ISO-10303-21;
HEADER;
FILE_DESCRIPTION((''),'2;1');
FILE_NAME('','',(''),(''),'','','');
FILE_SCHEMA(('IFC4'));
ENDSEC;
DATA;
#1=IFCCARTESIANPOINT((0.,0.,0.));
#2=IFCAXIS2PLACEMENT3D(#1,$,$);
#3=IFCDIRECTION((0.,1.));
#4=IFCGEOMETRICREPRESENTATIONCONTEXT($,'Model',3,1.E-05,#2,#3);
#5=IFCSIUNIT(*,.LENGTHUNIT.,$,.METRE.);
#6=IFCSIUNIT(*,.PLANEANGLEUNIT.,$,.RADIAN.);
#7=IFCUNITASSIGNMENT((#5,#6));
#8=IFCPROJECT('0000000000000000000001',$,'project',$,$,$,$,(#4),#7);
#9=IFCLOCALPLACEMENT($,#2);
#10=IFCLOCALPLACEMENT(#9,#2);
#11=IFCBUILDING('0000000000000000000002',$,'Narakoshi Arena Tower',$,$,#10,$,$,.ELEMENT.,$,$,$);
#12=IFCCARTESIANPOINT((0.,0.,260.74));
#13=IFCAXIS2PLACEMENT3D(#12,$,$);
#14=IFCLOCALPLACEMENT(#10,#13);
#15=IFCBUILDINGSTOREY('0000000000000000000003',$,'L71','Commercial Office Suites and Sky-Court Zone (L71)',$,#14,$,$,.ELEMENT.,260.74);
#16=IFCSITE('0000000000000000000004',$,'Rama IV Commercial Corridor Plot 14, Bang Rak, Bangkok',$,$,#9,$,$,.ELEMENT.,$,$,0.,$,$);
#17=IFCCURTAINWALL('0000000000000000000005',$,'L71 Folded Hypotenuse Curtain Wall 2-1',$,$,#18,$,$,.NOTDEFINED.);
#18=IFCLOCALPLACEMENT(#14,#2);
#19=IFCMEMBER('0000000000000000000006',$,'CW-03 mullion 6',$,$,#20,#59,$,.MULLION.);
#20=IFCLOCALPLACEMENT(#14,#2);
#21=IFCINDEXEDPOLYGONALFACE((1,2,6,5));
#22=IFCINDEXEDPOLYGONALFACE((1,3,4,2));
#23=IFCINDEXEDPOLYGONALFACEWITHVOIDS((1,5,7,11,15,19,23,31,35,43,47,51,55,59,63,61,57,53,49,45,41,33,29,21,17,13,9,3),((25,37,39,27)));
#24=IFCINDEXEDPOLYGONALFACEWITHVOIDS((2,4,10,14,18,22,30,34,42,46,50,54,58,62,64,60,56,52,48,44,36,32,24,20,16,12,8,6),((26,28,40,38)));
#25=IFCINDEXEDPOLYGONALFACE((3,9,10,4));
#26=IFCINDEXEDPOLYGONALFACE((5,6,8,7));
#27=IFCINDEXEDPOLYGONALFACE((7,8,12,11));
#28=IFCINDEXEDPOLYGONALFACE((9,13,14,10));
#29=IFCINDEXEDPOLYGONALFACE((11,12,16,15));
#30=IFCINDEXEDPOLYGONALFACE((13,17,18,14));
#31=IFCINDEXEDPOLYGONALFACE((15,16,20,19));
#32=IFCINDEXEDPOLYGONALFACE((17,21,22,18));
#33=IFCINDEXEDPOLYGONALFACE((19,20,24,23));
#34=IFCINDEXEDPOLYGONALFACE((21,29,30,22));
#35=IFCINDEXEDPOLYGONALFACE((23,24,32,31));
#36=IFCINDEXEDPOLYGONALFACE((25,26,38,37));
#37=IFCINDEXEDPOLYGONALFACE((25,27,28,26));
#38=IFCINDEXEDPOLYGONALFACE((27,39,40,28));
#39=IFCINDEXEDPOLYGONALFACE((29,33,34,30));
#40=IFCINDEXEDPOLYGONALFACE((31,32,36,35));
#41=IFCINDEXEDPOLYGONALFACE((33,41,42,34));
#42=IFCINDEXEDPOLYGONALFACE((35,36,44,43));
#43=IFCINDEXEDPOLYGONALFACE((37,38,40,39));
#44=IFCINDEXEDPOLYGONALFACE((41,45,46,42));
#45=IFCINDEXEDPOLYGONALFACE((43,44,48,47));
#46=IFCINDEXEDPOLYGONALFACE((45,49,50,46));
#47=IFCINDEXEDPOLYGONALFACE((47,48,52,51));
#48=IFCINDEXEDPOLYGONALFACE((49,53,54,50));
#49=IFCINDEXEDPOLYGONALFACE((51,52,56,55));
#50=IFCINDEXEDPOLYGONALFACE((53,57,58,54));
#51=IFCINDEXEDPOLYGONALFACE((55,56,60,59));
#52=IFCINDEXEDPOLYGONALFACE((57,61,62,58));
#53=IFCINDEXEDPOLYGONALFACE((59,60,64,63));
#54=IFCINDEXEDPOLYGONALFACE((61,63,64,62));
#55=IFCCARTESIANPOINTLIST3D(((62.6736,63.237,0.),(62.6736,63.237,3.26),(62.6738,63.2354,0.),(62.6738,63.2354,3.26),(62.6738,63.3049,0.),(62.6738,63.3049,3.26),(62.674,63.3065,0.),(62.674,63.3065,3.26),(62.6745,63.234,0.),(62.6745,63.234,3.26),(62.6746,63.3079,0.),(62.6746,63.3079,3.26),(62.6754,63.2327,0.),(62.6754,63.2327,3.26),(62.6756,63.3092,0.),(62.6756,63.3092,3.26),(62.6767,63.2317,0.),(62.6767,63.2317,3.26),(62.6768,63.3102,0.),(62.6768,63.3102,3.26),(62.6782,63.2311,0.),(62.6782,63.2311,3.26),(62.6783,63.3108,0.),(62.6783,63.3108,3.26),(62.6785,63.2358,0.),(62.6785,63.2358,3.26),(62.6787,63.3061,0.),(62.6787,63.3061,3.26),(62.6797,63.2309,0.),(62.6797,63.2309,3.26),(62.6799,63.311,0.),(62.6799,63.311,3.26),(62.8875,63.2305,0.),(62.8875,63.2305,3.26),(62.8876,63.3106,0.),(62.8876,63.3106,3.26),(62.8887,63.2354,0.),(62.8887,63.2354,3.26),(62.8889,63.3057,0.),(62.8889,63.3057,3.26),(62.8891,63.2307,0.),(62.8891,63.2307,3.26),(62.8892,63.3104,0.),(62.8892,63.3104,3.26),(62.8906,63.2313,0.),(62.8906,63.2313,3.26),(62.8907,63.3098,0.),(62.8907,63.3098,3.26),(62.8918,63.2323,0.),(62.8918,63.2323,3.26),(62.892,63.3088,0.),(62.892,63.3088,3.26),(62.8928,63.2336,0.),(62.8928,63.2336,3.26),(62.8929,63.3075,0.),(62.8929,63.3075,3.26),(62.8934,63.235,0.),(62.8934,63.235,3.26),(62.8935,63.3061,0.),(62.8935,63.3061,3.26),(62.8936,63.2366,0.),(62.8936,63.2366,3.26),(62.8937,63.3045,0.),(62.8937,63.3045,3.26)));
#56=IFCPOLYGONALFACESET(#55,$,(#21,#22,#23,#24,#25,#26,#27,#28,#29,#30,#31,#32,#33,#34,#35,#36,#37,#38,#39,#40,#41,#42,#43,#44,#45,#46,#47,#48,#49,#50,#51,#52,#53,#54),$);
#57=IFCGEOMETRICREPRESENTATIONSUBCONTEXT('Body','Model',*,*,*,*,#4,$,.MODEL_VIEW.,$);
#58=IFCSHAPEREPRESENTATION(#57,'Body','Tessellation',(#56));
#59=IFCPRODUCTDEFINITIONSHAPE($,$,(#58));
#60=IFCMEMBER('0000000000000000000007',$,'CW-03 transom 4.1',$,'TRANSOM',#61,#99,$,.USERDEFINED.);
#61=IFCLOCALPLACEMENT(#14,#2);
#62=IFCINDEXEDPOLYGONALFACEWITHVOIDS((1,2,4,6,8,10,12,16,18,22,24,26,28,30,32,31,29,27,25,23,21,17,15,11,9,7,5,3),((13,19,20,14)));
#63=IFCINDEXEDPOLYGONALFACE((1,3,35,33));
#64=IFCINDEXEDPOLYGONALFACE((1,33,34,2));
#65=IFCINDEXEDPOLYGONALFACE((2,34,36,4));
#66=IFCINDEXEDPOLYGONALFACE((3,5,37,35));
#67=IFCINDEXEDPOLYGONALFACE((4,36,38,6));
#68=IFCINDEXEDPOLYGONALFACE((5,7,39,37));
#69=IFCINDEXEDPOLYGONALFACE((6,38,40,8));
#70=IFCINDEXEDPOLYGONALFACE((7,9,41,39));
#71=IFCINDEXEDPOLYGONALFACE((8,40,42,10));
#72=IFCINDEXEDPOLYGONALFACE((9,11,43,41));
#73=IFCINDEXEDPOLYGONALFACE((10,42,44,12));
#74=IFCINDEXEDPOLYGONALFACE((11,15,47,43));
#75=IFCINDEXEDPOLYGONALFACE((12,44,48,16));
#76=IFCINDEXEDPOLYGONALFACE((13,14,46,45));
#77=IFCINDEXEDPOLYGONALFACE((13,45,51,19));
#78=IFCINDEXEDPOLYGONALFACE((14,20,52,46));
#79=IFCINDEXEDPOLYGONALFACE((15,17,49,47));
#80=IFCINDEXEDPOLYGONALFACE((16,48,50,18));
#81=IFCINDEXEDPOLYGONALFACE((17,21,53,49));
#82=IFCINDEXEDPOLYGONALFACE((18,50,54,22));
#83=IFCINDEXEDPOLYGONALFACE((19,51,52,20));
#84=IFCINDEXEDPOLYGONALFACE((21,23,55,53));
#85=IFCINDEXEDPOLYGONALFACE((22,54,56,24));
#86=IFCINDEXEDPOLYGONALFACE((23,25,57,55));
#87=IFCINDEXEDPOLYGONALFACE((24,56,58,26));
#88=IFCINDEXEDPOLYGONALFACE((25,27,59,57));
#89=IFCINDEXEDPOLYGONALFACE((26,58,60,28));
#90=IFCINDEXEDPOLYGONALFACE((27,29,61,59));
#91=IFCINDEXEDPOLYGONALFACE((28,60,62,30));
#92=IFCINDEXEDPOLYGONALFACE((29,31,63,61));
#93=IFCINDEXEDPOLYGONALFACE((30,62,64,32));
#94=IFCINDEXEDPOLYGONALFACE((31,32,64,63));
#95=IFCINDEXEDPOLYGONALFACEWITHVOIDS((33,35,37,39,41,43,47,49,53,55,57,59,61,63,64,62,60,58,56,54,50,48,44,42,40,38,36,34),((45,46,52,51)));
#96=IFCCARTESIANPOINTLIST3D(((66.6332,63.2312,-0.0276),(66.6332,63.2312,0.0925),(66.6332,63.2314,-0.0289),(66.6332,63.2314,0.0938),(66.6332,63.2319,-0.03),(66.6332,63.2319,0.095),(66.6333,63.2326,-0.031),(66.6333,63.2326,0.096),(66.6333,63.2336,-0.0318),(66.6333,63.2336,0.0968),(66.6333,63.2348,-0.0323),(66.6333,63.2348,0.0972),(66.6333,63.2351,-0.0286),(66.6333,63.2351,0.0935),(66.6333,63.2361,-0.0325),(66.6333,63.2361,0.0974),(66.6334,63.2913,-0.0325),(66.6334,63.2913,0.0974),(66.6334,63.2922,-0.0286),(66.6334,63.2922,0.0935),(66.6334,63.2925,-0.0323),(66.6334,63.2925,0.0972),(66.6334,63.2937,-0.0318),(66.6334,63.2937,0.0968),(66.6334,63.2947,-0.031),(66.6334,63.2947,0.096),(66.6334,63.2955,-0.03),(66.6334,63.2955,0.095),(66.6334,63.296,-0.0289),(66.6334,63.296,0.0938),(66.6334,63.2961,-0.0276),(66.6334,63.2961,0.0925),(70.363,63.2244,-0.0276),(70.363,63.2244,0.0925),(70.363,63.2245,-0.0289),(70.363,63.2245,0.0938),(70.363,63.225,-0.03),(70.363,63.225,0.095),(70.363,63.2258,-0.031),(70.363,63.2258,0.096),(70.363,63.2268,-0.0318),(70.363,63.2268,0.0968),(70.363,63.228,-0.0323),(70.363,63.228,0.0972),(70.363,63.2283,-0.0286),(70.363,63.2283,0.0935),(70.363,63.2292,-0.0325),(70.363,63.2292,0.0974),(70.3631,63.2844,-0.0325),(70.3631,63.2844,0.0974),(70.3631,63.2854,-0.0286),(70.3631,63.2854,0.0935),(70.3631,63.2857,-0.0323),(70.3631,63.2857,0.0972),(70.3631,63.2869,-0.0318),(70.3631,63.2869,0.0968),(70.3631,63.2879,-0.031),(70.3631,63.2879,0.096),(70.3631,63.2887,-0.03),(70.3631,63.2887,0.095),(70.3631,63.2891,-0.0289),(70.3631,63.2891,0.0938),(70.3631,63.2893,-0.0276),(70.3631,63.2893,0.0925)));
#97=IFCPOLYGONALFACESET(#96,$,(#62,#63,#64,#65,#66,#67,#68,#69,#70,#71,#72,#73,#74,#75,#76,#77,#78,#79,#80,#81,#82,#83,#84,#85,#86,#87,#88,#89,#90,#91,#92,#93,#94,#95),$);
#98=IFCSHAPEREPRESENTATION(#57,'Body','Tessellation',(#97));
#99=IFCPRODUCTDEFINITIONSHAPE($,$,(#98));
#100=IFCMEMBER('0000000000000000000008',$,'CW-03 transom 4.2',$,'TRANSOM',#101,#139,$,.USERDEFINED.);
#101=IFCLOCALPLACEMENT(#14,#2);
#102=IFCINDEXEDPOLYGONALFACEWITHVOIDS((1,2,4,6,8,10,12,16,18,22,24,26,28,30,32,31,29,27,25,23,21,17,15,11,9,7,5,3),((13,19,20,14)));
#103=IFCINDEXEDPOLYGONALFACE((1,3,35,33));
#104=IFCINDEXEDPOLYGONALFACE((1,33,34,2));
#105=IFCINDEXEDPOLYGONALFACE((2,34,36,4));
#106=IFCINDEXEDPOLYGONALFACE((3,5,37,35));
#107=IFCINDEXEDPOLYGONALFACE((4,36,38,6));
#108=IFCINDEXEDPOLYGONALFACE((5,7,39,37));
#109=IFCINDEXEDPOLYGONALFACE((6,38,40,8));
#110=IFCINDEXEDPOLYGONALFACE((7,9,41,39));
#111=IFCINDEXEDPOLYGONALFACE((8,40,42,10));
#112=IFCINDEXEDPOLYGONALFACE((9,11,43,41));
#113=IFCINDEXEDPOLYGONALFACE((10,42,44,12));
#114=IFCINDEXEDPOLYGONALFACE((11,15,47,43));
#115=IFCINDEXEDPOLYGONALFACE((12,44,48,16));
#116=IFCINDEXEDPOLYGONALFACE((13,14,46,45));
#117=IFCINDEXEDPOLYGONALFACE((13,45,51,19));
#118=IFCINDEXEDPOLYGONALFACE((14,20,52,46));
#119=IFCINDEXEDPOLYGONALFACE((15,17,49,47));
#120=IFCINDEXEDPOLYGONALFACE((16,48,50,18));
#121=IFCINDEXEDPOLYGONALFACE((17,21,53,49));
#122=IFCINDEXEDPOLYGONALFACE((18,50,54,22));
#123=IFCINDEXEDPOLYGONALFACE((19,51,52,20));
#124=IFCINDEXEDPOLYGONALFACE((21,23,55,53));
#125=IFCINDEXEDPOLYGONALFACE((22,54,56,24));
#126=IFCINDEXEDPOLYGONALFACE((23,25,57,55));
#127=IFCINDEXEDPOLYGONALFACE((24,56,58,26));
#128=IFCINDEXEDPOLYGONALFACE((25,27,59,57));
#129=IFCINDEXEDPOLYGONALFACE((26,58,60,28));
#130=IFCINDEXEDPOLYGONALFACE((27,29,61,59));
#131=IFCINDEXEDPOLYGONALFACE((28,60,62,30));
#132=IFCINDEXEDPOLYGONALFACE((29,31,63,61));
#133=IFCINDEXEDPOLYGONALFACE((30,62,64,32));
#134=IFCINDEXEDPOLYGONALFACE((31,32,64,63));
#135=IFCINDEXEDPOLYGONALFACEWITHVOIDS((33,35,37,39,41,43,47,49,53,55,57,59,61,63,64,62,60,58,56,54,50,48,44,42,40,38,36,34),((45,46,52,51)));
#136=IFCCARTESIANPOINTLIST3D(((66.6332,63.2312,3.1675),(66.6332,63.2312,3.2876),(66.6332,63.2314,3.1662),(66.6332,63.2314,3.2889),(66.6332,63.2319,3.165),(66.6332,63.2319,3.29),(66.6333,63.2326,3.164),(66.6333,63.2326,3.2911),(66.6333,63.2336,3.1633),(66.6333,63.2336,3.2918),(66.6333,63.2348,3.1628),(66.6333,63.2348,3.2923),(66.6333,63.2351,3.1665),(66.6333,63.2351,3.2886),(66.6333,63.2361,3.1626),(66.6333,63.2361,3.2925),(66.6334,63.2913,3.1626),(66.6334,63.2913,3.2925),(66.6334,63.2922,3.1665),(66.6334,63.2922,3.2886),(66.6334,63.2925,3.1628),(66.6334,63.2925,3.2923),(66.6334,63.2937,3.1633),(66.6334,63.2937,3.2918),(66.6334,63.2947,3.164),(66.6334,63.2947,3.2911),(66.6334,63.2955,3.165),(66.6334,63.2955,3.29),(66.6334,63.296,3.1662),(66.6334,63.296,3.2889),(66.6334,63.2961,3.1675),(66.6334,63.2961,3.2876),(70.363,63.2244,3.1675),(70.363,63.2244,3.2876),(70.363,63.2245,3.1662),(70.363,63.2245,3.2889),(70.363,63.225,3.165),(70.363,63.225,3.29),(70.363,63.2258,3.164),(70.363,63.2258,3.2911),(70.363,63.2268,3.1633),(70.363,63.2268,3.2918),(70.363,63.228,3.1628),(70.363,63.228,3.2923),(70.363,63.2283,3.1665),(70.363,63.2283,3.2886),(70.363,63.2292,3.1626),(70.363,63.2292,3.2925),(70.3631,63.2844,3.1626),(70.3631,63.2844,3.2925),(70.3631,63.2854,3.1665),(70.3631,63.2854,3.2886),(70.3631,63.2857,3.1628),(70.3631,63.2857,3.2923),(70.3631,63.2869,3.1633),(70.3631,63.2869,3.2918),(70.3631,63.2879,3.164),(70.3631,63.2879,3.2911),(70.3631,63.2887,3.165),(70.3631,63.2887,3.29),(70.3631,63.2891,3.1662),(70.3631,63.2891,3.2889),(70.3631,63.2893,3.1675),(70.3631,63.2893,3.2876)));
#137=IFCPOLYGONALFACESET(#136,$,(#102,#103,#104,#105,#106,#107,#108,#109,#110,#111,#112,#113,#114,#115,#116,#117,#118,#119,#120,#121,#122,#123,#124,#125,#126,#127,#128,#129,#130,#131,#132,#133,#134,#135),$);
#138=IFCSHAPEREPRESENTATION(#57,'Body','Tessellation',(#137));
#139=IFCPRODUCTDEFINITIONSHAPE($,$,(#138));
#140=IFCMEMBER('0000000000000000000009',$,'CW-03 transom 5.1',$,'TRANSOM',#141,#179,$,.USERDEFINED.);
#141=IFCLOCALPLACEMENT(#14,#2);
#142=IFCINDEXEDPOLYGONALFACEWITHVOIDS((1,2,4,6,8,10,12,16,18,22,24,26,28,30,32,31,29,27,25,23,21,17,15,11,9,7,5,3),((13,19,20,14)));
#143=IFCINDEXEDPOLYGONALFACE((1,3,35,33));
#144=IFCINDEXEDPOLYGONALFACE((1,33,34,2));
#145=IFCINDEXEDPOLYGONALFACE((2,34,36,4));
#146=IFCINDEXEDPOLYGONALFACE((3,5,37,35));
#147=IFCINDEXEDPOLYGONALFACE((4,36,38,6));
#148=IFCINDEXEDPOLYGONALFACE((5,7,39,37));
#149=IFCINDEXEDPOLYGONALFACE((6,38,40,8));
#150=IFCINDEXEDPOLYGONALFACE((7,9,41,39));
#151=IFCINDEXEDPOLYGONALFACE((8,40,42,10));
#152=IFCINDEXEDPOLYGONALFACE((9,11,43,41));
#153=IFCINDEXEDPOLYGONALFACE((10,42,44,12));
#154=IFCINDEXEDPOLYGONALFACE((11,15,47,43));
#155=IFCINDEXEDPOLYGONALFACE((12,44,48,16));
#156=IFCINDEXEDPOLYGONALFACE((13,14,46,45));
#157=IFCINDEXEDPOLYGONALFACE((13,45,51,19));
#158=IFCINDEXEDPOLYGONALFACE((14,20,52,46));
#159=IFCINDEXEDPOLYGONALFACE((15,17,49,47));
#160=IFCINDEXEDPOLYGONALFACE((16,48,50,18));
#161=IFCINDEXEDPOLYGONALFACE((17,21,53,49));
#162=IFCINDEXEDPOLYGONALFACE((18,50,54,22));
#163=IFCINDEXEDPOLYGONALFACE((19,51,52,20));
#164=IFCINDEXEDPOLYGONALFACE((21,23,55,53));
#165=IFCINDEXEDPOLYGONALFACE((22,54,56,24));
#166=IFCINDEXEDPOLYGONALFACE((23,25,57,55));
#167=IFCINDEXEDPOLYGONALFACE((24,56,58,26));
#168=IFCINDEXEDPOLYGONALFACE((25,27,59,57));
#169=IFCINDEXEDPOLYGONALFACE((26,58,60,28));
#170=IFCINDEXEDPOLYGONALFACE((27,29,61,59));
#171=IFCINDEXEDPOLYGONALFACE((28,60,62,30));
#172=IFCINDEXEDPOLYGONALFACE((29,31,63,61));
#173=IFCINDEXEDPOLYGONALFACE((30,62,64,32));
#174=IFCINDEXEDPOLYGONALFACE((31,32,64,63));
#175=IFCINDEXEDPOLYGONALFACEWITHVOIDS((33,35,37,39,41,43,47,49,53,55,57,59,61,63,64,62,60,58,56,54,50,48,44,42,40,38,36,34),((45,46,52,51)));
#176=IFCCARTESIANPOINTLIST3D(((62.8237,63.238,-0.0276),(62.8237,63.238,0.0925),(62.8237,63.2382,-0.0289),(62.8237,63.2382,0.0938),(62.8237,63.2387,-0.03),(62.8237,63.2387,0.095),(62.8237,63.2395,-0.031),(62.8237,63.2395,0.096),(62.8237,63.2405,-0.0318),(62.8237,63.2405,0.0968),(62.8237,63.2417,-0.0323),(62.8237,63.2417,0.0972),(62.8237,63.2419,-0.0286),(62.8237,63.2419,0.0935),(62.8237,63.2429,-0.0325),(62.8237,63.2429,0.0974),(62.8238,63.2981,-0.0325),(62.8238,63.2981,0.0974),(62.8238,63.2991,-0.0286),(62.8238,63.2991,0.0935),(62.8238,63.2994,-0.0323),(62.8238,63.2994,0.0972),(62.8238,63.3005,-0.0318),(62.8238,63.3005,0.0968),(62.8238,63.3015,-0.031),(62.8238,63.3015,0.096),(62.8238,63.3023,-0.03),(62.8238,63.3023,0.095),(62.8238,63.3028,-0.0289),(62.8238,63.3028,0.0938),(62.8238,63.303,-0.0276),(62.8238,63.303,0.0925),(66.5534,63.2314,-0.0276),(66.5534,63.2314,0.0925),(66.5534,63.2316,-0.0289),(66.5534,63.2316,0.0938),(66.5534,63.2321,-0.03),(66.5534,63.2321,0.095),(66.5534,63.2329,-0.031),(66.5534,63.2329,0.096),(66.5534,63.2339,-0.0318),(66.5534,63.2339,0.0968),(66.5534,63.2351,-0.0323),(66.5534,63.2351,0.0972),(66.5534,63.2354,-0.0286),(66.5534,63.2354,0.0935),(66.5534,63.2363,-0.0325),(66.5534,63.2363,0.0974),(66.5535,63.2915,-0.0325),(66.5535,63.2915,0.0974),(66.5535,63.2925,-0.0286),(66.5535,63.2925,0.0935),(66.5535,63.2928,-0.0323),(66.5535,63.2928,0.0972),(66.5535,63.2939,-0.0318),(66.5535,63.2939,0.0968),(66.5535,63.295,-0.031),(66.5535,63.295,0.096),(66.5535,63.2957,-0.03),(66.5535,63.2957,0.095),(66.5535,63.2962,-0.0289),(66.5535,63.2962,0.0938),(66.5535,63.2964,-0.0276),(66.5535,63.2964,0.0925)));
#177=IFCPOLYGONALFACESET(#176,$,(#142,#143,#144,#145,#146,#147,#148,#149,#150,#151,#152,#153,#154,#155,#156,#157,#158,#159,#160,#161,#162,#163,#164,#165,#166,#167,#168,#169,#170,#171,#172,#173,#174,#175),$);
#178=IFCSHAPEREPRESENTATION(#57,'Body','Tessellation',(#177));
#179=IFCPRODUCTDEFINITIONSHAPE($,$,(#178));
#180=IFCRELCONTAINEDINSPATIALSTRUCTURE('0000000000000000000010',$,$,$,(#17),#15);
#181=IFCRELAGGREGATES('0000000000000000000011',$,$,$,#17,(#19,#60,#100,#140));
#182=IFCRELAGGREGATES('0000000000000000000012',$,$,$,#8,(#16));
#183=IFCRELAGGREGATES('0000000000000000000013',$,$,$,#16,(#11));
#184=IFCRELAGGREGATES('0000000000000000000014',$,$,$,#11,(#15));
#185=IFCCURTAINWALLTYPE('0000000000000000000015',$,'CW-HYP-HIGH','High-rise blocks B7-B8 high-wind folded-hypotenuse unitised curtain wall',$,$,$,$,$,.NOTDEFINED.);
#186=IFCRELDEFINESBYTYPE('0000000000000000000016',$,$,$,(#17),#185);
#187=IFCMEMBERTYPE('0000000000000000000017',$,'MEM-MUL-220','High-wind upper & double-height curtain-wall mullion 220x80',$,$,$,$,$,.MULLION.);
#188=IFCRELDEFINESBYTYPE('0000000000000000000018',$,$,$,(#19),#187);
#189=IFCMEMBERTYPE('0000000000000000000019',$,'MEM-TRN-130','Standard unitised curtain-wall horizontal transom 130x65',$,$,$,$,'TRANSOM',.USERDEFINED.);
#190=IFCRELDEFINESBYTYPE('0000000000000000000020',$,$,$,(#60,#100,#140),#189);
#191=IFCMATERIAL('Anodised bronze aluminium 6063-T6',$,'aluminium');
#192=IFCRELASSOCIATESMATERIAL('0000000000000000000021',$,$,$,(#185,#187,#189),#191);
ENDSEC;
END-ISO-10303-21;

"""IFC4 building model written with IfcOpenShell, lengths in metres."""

from ifc_helpers import new_model, si_unit, direction, frame, origin, origin_2d, place, context, subcontext, project, spatial, hollow_rectangle, extrude, material, material_profile, profile_set, type_object, element, aggregate, save


model = new_model("IFC4")

# Units and contexts
model_context = context("Model", 3, precision=1e-05, world=origin(), true_north=direction((0.0, 1.0)))
body_context = subcontext(model_context, "Body", "Model", "MODEL_VIEW")
ifc_project = project(units=[si_unit("LENGTHUNIT", "METRE"), si_unit("PLANEANGLEUNIT", "RADIAN")], contexts=[model_context])

# Site, building, storey
site_placement = place(None, origin())
site = spatial("IfcSite", under=ifc_project, at=site_placement, Name="Rama IV Commercial Corridor Plot 14, Bang Rak, Bangkok", CompositionType="ELEMENT", RefElevation=0.0)
building_placement = place(site_placement, origin())
building = spatial("IfcBuilding", under=site, at=building_placement, Name="Narakoshi Arena Tower", CompositionType="ELEMENT")
storey_placement = place(building_placement, frame((0.0, 0.0, 260.74)))
storey = spatial("IfcBuildingStorey", under=building, at=storey_placement, Name="L71", Description="Commercial Office Suites and Sky-Court Zone (L71)", CompositionType="ELEMENT", Elevation=260.74)

# Curtain wall, members
ifc_material_1 = material(Name="Anodised bronze aluminium 6063-T6", Category="aluminium")
curtain_wall_type = type_object("IfcCurtainWallType", Name="CW-HYP-HIGH", Description="High-rise blocks B7-B8 high-wind folded-hypotenuse unitised curtain wall", PredefinedType="NOTDEFINED", material=ifc_material_1)
curtain_wall_placement = place(storey_placement, origin())
curtain_wall = element("IfcCurtainWall", 1, at=curtain_wall_placement, inside=storey, type_object=curtain_wall_type, Name="L71 Folded Hypotenuse Curtain Wall 2-1", PredefinedType="NOTDEFINED")
ifc_material_profile_1 = material_profile(ifc_material_1, hollow_rectangle(XDim=0.0801, YDim=0.22, WallThickness=0.0049, OuterFilletRadius=0.0061, at=origin_2d()), Name="MUL220x80x5")
ifc_profile_set_1 = profile_set([ifc_material_profile_1], Name="Anodised bronze aluminium 6063-T6")
member_type_1 = type_object("IfcMemberType", Name="MEM-MUL-220", Description="High-wind upper & double-height curtain-wall mullion 220x80", PredefinedType="MULLION", material=ifc_profile_set_1)
member_1_placement = place(storey_placement, frame((62.7837, 63.2708, 0.0), z_axis=(0.0, 0.0, 1.0), x_axis=(-0.00182, -0.999998, 0.0)))
member_1 = element("IfcMember", 2, at=member_1_placement, type_object=member_type_1, Name="CW-03 mullion 6", PredefinedType="MULLION", context=body_context, shape_type="SweptSolid", body=[
    extrude(hollow_rectangle(XDim=0.0801, YDim=0.22, WallThickness=0.0049, OuterFilletRadius=0.0061, at=origin_2d()), origin(), (0.0, 0.0, 1.0), 3.26),
])
ifc_material_profile_2 = material_profile(ifc_material_1, hollow_rectangle(XDim=0.0649, YDim=0.1299, WallThickness=0.0039, OuterFilletRadius=0.0049, at=origin_2d()), Name="TRN130x65x4")
ifc_profile_set_2 = profile_set([ifc_material_profile_2], Name="Anodised bronze aluminium 6063-T6")
member_type_2 = type_object("IfcMemberType", Name="MEM-TRN-130", Description="Standard unitised curtain-wall horizontal transom 130x65", ElementType="TRANSOM", PredefinedType="USERDEFINED", material=ifc_profile_set_2)
member_2_placement = place(storey_placement, frame((70.363, 63.2568, 0.0325), z_axis=(-0.999998, 0.001833, 0.0), x_axis=(-0.001833, -0.999998, 0.0)))
member_2 = element("IfcMember", 3, at=member_2_placement, type_object=member_type_2, Name="CW-03 transom 4.1", ObjectType="TRANSOM", PredefinedType="USERDEFINED", context=body_context, shape_type="SweptSolid", body=[
    extrude(hollow_rectangle(XDim=0.0649, YDim=0.1299, WallThickness=0.0039, OuterFilletRadius=0.0049, at=origin_2d()), origin(), (0.0, 0.0, 1.0), 3.7297),
])
member_3_placement = place(storey_placement, frame((70.363, 63.2568, 3.2275), z_axis=(-0.999998, 0.001833, 0.0), x_axis=(-0.001833, -0.999998, 0.0)))
member_3 = element("IfcMember", 4, at=member_3_placement, type_object=member_type_2, Name="CW-03 transom 4.2", ObjectType="TRANSOM", PredefinedType="USERDEFINED", context=body_context, shape_type="SweptSolid", body=[
    extrude(hollow_rectangle(XDim=0.0649, YDim=0.1299, WallThickness=0.0039, OuterFilletRadius=0.0049, at=origin_2d()), origin(), (0.0, 0.0, 1.0), 3.7297),
])
member_4_placement = place(storey_placement, frame((66.5535, 63.2639, 0.0325), z_axis=(-0.999998, 0.001767, 0.0), x_axis=(-0.001767, -0.999998, 0.0)))
member_4 = element("IfcMember", 5, at=member_4_placement, type_object=member_type_2, Name="CW-03 transom 5.1", ObjectType="TRANSOM", PredefinedType="USERDEFINED", context=body_context, shape_type="SweptSolid", body=[
    extrude(hollow_rectangle(XDim=0.0649, YDim=0.1299, WallThickness=0.0039, OuterFilletRadius=0.0049, at=origin_2d()), origin(), (0.0, 0.0, 1.0), 3.7297),
])
aggregate(curtain_wall, [member_1, member_2, member_3, member_4])

save(model, "model.ifc")
